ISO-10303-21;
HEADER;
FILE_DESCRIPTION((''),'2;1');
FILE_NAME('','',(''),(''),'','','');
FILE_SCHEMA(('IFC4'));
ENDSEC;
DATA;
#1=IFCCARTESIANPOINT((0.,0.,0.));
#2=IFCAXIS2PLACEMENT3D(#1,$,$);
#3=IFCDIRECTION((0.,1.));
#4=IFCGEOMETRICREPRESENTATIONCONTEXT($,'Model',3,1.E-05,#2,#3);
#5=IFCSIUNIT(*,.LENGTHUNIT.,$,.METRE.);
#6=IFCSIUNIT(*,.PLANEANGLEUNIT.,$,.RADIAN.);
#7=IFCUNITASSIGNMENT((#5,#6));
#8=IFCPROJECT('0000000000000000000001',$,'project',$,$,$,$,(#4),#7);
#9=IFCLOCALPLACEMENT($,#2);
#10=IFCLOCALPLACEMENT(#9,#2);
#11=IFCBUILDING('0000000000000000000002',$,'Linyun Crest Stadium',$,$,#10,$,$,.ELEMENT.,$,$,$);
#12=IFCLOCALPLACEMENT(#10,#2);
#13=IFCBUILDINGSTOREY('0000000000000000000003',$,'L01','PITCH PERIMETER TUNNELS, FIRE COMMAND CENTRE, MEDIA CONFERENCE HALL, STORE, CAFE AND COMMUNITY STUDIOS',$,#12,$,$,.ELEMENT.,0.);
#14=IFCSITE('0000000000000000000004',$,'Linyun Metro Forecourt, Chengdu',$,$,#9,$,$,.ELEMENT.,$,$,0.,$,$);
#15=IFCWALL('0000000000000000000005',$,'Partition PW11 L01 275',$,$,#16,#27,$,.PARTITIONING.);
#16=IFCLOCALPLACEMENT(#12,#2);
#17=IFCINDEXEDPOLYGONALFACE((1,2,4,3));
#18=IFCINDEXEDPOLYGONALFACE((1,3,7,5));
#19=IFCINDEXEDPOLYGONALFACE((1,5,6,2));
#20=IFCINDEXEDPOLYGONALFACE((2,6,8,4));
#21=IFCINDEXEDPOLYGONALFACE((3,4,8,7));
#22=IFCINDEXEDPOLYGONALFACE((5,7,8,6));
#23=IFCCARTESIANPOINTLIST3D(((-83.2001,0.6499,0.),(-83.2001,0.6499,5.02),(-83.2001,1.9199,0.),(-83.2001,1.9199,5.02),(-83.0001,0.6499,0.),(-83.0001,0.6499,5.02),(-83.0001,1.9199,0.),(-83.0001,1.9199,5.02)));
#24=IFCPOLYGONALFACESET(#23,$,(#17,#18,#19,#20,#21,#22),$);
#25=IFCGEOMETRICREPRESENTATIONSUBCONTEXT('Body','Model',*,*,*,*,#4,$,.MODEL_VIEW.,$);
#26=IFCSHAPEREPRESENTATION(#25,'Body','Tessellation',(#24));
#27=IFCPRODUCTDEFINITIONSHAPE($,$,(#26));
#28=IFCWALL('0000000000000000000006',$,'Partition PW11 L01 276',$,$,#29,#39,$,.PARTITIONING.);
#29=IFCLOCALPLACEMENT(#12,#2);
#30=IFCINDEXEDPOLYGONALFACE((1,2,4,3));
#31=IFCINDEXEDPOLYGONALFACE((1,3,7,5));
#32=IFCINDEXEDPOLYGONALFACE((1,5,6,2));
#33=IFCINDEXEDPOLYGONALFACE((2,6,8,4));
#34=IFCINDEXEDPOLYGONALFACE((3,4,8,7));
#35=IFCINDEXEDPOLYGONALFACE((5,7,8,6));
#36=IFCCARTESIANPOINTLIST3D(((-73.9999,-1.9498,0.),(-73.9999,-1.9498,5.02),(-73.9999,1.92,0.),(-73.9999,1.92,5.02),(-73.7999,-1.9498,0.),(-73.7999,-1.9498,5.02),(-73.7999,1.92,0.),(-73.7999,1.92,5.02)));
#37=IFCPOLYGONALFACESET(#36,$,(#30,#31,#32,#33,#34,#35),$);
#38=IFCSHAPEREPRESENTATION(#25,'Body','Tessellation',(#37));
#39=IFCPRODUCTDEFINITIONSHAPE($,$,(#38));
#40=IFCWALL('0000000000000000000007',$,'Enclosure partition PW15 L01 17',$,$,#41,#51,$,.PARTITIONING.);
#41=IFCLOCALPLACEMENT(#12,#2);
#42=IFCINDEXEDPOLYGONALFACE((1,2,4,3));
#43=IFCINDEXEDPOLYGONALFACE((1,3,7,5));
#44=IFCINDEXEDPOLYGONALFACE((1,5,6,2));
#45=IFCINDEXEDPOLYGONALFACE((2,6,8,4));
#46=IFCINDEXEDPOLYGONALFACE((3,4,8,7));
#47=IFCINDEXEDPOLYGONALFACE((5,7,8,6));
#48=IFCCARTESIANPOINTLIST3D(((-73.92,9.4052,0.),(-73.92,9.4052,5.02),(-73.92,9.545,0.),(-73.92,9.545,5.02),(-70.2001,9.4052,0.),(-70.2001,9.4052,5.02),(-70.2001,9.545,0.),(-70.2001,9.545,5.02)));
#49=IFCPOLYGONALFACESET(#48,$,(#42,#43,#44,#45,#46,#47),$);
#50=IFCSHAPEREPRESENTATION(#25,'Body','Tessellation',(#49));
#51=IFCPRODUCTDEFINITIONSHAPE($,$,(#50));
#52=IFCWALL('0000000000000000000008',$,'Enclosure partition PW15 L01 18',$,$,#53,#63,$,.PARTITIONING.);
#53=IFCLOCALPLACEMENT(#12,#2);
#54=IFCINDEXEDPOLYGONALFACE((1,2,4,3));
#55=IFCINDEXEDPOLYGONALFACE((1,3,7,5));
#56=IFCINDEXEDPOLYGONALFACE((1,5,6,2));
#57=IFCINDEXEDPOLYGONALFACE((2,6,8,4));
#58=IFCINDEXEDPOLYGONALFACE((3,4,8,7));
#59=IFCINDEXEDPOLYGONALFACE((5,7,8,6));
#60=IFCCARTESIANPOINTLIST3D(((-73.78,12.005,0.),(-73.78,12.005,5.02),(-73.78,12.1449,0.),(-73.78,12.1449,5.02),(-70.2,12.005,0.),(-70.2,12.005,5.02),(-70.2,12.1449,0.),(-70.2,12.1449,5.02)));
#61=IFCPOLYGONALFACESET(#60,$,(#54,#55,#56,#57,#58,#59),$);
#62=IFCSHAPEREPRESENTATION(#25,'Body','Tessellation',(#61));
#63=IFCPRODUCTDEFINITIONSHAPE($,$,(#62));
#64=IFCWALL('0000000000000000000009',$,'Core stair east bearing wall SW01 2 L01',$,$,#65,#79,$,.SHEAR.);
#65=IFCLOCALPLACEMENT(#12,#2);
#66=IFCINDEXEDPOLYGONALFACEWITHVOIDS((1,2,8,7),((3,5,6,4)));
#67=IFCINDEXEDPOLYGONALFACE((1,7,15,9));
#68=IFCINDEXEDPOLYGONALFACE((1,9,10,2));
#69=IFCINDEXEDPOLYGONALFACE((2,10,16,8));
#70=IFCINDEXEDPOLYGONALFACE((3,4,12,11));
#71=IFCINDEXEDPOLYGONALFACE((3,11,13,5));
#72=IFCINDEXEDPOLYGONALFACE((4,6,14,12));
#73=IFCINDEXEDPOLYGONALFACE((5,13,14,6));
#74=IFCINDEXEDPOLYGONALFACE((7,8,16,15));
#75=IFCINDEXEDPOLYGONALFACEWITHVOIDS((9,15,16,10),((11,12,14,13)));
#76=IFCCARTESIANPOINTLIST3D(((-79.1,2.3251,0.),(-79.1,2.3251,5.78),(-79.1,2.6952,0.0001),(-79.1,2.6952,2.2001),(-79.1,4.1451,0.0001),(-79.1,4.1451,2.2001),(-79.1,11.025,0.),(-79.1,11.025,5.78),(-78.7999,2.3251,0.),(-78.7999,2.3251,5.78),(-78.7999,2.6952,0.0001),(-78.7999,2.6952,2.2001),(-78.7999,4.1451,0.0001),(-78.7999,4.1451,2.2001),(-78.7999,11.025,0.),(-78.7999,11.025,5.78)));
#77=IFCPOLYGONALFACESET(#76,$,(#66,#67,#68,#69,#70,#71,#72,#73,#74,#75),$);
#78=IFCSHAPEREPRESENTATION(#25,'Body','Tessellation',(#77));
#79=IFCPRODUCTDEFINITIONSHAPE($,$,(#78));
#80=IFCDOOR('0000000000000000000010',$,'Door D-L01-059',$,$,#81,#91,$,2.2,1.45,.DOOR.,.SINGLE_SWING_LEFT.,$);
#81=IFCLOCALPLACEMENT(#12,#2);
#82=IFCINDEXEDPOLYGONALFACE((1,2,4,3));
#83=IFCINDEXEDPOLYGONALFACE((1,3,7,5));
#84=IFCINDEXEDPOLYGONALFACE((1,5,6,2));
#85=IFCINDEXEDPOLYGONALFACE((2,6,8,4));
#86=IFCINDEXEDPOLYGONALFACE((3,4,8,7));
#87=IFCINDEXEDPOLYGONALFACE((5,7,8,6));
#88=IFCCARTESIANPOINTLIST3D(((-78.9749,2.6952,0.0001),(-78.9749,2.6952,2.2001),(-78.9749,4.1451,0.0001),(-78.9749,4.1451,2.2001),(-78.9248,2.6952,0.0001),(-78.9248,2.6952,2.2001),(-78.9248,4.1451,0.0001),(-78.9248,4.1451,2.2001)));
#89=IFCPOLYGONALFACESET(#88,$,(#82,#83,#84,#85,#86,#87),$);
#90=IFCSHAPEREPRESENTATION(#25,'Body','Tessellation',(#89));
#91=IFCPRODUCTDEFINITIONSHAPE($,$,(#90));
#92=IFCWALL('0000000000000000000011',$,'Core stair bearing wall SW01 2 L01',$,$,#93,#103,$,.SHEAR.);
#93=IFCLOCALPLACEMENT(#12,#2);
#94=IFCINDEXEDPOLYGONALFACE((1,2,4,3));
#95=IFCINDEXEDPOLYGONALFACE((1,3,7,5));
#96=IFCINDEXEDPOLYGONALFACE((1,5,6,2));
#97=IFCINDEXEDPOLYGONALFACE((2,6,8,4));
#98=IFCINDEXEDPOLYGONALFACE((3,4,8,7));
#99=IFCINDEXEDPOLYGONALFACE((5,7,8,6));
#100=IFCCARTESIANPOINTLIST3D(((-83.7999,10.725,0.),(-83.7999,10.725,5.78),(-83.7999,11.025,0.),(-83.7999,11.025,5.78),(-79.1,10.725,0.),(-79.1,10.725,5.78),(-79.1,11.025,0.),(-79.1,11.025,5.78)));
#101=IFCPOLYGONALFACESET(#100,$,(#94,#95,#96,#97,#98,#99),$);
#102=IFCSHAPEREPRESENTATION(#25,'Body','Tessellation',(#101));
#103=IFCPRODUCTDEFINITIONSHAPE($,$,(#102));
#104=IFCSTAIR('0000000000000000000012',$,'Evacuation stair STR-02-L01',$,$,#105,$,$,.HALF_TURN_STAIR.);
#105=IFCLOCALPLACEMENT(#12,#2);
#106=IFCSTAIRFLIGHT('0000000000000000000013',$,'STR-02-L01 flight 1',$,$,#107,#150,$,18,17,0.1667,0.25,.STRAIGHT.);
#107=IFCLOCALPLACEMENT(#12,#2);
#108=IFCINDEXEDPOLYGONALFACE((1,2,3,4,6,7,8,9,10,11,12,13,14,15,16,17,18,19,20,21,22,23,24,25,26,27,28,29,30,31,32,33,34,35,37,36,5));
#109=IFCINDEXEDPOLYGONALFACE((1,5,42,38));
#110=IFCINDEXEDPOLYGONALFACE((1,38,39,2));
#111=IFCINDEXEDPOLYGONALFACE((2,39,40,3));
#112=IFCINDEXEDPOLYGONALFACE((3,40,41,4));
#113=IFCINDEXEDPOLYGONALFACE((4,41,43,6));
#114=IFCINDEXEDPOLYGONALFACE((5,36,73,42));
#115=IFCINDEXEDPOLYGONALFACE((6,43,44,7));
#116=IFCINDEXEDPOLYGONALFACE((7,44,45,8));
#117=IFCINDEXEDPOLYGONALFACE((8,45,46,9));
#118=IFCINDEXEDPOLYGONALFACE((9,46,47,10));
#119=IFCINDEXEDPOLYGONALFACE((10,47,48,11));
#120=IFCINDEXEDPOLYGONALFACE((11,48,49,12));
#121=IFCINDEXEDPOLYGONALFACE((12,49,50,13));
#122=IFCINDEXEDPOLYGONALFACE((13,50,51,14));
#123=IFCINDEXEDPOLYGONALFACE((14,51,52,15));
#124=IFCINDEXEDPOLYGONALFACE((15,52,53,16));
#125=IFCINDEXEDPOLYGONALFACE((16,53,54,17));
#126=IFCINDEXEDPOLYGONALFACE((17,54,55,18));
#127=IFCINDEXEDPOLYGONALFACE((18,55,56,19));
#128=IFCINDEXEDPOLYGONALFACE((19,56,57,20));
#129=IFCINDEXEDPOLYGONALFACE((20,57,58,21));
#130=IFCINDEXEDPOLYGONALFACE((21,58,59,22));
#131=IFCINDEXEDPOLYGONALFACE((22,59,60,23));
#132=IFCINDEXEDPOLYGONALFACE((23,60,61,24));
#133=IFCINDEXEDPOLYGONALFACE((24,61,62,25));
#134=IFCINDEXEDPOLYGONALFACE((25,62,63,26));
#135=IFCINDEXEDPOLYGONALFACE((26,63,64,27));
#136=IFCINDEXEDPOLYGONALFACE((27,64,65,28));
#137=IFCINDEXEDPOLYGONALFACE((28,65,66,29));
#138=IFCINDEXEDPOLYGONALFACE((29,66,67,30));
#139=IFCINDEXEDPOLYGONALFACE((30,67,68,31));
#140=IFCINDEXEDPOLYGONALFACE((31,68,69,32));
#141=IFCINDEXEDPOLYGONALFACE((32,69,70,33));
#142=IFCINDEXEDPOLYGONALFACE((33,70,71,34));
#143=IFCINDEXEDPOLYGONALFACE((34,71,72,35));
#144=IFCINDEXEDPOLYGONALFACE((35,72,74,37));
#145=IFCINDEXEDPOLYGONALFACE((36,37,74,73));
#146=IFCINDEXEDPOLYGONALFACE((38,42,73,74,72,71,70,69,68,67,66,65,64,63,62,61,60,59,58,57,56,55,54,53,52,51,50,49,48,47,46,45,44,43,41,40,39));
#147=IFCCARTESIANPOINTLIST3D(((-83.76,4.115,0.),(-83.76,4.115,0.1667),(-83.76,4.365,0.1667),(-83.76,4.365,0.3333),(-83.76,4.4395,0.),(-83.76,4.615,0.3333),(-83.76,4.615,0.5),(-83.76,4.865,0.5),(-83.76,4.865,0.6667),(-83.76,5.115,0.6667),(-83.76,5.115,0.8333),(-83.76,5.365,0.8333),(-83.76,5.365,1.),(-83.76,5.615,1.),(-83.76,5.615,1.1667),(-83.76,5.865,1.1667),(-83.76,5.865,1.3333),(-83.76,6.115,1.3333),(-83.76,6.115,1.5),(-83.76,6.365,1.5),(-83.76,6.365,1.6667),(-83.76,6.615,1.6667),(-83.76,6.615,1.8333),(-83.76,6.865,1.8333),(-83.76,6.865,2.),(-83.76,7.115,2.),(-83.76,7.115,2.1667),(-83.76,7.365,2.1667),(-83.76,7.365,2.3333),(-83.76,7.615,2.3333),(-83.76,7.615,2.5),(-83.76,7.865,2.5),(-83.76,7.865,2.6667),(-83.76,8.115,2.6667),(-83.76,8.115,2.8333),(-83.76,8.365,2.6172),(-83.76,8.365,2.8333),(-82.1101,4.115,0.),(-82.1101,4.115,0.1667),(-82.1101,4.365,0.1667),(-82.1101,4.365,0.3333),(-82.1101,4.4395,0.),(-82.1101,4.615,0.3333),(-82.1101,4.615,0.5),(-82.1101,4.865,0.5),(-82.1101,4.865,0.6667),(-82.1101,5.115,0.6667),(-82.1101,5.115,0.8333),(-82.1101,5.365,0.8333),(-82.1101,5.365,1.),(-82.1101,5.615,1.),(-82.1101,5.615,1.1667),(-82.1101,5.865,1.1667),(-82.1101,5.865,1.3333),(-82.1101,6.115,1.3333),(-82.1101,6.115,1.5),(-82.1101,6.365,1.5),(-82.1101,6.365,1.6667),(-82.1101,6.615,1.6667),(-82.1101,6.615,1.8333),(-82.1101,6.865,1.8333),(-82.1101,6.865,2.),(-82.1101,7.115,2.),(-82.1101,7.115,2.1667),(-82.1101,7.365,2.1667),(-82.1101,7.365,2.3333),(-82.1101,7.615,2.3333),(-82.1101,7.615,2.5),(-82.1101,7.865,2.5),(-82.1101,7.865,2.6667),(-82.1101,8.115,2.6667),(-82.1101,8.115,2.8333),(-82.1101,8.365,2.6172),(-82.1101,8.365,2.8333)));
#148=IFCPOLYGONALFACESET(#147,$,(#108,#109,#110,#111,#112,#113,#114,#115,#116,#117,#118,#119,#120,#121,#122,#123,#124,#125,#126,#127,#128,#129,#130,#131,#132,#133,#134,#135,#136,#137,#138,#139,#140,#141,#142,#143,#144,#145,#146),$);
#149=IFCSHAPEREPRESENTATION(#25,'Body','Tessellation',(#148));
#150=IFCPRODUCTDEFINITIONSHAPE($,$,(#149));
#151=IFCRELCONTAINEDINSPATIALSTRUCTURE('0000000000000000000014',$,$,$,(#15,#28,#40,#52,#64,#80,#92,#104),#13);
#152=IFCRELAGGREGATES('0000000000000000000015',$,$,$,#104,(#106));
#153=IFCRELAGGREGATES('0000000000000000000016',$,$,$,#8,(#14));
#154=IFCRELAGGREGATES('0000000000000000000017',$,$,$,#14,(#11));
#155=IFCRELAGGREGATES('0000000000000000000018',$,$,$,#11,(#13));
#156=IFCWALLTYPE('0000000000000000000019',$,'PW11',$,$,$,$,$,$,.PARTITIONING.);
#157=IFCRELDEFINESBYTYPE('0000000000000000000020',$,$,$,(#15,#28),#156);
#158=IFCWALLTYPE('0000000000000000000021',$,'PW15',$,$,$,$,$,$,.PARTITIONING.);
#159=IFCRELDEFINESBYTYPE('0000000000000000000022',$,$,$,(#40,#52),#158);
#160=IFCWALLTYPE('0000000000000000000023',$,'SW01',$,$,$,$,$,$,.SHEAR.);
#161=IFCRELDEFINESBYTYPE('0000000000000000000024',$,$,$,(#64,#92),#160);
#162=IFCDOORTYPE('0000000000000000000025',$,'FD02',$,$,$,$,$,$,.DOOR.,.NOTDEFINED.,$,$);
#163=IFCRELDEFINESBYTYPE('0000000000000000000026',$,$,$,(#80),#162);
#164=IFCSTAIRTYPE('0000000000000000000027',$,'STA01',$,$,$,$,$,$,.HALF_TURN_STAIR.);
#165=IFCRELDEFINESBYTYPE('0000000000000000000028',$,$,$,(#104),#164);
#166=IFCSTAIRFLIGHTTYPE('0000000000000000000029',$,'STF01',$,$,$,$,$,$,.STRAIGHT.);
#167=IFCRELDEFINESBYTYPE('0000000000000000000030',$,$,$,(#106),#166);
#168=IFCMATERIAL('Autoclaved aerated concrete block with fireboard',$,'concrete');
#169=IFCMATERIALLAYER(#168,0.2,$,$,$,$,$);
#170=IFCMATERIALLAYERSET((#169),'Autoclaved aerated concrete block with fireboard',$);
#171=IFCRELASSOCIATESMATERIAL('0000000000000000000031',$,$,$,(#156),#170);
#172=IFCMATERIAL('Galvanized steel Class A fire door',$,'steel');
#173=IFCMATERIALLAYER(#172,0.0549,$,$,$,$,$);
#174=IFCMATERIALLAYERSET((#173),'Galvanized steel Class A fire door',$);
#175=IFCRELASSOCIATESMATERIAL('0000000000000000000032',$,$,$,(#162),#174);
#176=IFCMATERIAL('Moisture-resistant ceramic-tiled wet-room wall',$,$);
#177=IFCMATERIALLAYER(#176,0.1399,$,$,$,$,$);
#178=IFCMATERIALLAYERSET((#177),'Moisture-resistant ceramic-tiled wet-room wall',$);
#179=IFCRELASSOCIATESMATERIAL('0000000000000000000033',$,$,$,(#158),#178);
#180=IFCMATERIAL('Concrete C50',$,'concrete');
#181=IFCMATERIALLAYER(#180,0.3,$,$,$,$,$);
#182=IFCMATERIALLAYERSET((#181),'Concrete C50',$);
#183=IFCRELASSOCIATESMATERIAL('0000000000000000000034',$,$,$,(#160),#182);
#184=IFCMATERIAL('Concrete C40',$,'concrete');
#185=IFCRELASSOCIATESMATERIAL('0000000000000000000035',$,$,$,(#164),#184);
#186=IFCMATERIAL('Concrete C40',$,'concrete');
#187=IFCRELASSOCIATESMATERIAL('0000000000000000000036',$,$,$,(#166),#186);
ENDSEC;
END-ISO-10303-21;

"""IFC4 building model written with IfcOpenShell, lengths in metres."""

from ifc_helpers import new_model, si_unit, direction, frame, frame_2d, origin, place, context, subcontext, project, spatial, polyline, rectangle, outline, extrude, material, layer, layer_set, type_object, element, fill, aggregate, save


model = new_model("IFC4")

# Units and contexts
model_context = context("Model", 3, precision=1e-05, world=origin(), true_north=direction((0.0, 1.0)))
body_context = subcontext(model_context, "Body", "Model", "MODEL_VIEW")
ifc_project = project(units=[si_unit("LENGTHUNIT", "METRE"), si_unit("PLANEANGLEUNIT", "RADIAN")], contexts=[model_context])

# Site, building, storey
site_placement = place(None, origin())
site = spatial("IfcSite", under=ifc_project, at=site_placement, Name="Linyun Metro Forecourt, Chengdu", CompositionType="ELEMENT", RefElevation=0.0)
building_placement = place(site_placement, origin())
building = spatial("IfcBuilding", under=site, at=building_placement, Name="Linyun Crest Stadium", CompositionType="ELEMENT")
storey_placement = place(building_placement, origin())
storey = spatial("IfcBuildingStorey", under=building, at=storey_placement, Name="L01", Description="PITCH PERIMETER TUNNELS, FIRE COMMAND CENTRE, MEDIA CONFERENCE HALL, STORE, CAFE AND COMMUNITY STUDIOS", CompositionType="ELEMENT", Elevation=0.0)

# Shared definitions
ifc_material_1 = material(Name="Autoclaved aerated concrete block with fireboard", Category="concrete")
ifc_layer_1 = layer(ifc_material_1, 0.2)
ifc_layer_set_1 = layer_set([ifc_layer_1], Name="Autoclaved aerated concrete block with fireboard")
wall_type_1 = type_object("IfcWallType", Name="PW11", PredefinedType="PARTITIONING", material=ifc_layer_set_1)
ifc_material_2 = material(Name="Galvanized steel Class A fire door", Category="steel")
ifc_layer_2 = layer(ifc_material_2, 0.0549)
ifc_layer_set_2 = layer_set([ifc_layer_2], Name="Galvanized steel Class A fire door")
door_type_1 = type_object("IfcDoorType", Name="FD02", OperationType="NOTDEFINED", PredefinedType="DOOR", material=ifc_layer_set_2)

# Walls
wall_1_placement = place(storey_placement, frame((-83.1001, 0.6499, 0.0), z_axis=(0.0, 0.0, 1.0), x_axis=(0.0, 1.0, 0.0)))
element("IfcWall", 1, at=wall_1_placement, inside=storey, type_object=wall_type_1, Name="Partition PW11 L01 275", PredefinedType="PARTITIONING", context=body_context, shape_type="SweptSolid", body=[
    extrude(rectangle(XDim=1.27, YDim=0.2, at=frame_2d((0.635, 0.0))), origin(), (0.0, 0.0, 1.0), 5.02),
])
wall_2_placement = place(storey_placement, frame((-73.8999, -1.95, 0.0), z_axis=(0.0, 0.0, 1.0), x_axis=(0.0, 1.0, 0.0)))
element("IfcWall", 2, at=wall_2_placement, inside=storey, type_object=wall_type_1, Name="Partition PW11 L01 276", PredefinedType="PARTITIONING", context=body_context, shape_type="SweptSolid", body=[
    extrude(rectangle(XDim=3.8699, YDim=0.2, at=frame_2d((1.9351, 0.0))), origin(), (0.0, 0.0, 1.0), 5.02),
])

# Shared definitions
ifc_material_3 = material(Name="Moisture-resistant ceramic-tiled wet-room wall")
ifc_layer_3 = layer(ifc_material_3, 0.1399)
ifc_layer_set_3 = layer_set([ifc_layer_3], Name="Moisture-resistant ceramic-tiled wet-room wall")
wall_type_2 = type_object("IfcWallType", Name="PW15", PredefinedType="PARTITIONING", material=ifc_layer_set_3)

# Walls
wall_3_placement = place(storey_placement, frame((-73.9199, 9.4751, 0.0), z_axis=(0.0, 0.0, 1.0), x_axis=(1.0, 0.0, 0.0)))
element("IfcWall", 3, at=wall_3_placement, inside=storey, type_object=wall_type_2, Name="Enclosure partition PW15 L01 17", PredefinedType="PARTITIONING", context=body_context, shape_type="SweptSolid", body=[
    extrude(rectangle(XDim=3.72, YDim=0.1399, at=frame_2d((1.8599, 0.0))), origin(), (0.0, 0.0, 1.0), 5.02),
])
wall_4_placement = place(storey_placement, frame((-73.78, 12.075, 0.0), z_axis=(0.0, 0.0, 1.0), x_axis=(1.0, 0.0, 0.0)))
element("IfcWall", 4, at=wall_4_placement, inside=storey, type_object=wall_type_2, Name="Enclosure partition PW15 L01 18", PredefinedType="PARTITIONING", context=body_context, shape_type="SweptSolid", body=[
    extrude(rectangle(XDim=3.5801, YDim=0.1399, at=frame_2d((1.79, 0.0))), origin(), (0.0, 0.0, 1.0), 5.02),
])

# Wall, opening, door
ifc_material_4 = material(Name="Concrete C50", Category="concrete")
ifc_layer_4 = layer(ifc_material_4, 0.3)
ifc_layer_set_4 = layer_set([ifc_layer_4], Name="Concrete C50")
wall_type_3 = type_object("IfcWallType", Name="SW01", PredefinedType="SHEAR", material=ifc_layer_set_4)
wall_5_placement = place(storey_placement, frame((-78.95, 2.325, 0.0), z_axis=(0.0, 0.0, 1.0), x_axis=(0.0, 1.0, 0.0)))
wall_5 = element("IfcWall", 5, at=wall_5_placement, inside=storey, type_object=wall_type_3, Name="Core stair east bearing wall SW01 2 L01", PredefinedType="SHEAR", context=body_context, shape_type="SweptSolid", body=[
    extrude(rectangle(XDim=8.7, YDim=0.3, at=frame_2d((4.3501, 0.0))), origin(), (0.0, 0.0, 1.0), 5.78),
])
opening_1_placement = place(wall_5_placement, frame((0.3701, 0.0, 0.0)))
opening_1 = element("IfcOpeningElement", 6, at=opening_1_placement, cuts=wall_5, PredefinedType="OPENING", context=body_context, shape_type="SweptSolid", body=[
    extrude(rectangle(XDim=1.45, YDim=2.2, at=frame_2d((0.7251, 1.1001))), frame((0.0, 0.1599, 0.0), z_axis=(0.0, -1.0, 0.0), x_axis=(1.0, 0.0, 0.0)), (0.0, 0.0, 1.0), 0.3201),
])
door_1_placement = place(opening_1_placement, origin())
door_1 = element("IfcDoor", 7, at=door_1_placement, inside=storey, type_object=door_type_1, Name="Door D-L01-059", OperationType="SINGLE_SWING_LEFT", OverallHeight=2.2, OverallWidth=1.45, PredefinedType="DOOR", context=body_context, shape_type="SweptSolid", body=[
    extrude(rectangle(XDim=1.45, YDim=2.2, at=frame_2d((0.7251, 1.1001))), frame((0.0, 0.0249, 0.0), z_axis=(0.0, -1.0, 0.0), x_axis=(1.0, 0.0, 0.0)), (0.0, 0.0, 1.0), 0.05),
])
fill(opening_1, door_1)

# Wall
wall_6_placement = place(storey_placement, frame((-83.8, 10.875, 0.0), z_axis=(0.0, 0.0, 1.0), x_axis=(1.0, 0.0, 0.0)))
element("IfcWall", 8, at=wall_6_placement, inside=storey, type_object=wall_type_3, Name="Core stair bearing wall SW01 2 L01", PredefinedType="SHEAR", context=body_context, shape_type="SweptSolid", body=[
    extrude(rectangle(XDim=4.7, YDim=0.3, at=frame_2d((2.3501, 0.0))), origin(), (0.0, 0.0, 1.0), 5.78),
])

# Stair, stair flight
ifc_material_5 = material(Name="Concrete C40", Category="concrete")
stair_type = type_object("IfcStairType", Name="STA01", PredefinedType="HALF_TURN_STAIR", material=ifc_material_5)
stair_placement = place(storey_placement, origin())
stair = element("IfcStair", 9, at=stair_placement, inside=storey, type_object=stair_type, Name="Evacuation stair STR-02-L01", PredefinedType="HALF_TURN_STAIR")
ifc_material_6 = material(Name="Concrete C40", Category="concrete")
stair_flight_type = type_object("IfcStairFlightType", Name="STF01", PredefinedType="STRAIGHT", material=ifc_material_6)
stair_flight_1_placement = place(storey_placement, frame((-82.9351, 4.115, 0.0), z_axis=(0.0, 0.0, 1.0), x_axis=(0.0, 1.0, 0.0)))
stair_flight_1 = element("IfcStairFlight", 10, at=stair_flight_1_placement, type_object=stair_flight_type, Name="STR-02-L01 flight 1", NumberOfRisers=18, NumberOfTreads=17, PredefinedType="STRAIGHT", RiserHeight=0.1667, TreadLength=0.25, context=body_context, shape_type="SweptSolid", body=[
    extrude(outline(polyline([(0.0, 0.0), (0.0, 0.1667), (0.25, 0.1667), (0.25, 0.3333), (0.5, 0.3333), (0.5, 0.5), (0.75, 0.5), (0.75, 0.6667), (1.0, 0.6667), (1.0, 0.8333), (1.25, 0.8333), (1.25, 1.0), (1.5, 1.0), (1.5, 1.1667), (1.75, 1.1667), (1.75, 1.3333), (2.0, 1.3333), (2.0, 1.5), (2.25, 1.5), (2.25, 1.6667), (2.5, 1.6667), (2.5, 1.8333), (2.75, 1.8333), (2.75, 2.0), (3.0, 2.0), (3.0, 2.1667), (3.25, 2.1667), (3.25, 2.3333), (3.5, 2.3333), (3.5, 2.5), (3.75, 2.5), (3.75, 2.6667), (4.0, 2.6667), (4.0, 2.8333), (4.25, 2.8333), (4.25, 3.0), (4.25, 2.6172), (0.3245, 0.0), (0.0, 0.0)])), frame((0.0, 0.825, 0.0), z_axis=(0.0, -1.0, 0.0), x_axis=(1.0, 0.0, 0.0)), (0.0, 0.0, 1.0), 1.6499),
])
aggregate(stair, [stair_flight_1])

save(model, "model.ifc")
